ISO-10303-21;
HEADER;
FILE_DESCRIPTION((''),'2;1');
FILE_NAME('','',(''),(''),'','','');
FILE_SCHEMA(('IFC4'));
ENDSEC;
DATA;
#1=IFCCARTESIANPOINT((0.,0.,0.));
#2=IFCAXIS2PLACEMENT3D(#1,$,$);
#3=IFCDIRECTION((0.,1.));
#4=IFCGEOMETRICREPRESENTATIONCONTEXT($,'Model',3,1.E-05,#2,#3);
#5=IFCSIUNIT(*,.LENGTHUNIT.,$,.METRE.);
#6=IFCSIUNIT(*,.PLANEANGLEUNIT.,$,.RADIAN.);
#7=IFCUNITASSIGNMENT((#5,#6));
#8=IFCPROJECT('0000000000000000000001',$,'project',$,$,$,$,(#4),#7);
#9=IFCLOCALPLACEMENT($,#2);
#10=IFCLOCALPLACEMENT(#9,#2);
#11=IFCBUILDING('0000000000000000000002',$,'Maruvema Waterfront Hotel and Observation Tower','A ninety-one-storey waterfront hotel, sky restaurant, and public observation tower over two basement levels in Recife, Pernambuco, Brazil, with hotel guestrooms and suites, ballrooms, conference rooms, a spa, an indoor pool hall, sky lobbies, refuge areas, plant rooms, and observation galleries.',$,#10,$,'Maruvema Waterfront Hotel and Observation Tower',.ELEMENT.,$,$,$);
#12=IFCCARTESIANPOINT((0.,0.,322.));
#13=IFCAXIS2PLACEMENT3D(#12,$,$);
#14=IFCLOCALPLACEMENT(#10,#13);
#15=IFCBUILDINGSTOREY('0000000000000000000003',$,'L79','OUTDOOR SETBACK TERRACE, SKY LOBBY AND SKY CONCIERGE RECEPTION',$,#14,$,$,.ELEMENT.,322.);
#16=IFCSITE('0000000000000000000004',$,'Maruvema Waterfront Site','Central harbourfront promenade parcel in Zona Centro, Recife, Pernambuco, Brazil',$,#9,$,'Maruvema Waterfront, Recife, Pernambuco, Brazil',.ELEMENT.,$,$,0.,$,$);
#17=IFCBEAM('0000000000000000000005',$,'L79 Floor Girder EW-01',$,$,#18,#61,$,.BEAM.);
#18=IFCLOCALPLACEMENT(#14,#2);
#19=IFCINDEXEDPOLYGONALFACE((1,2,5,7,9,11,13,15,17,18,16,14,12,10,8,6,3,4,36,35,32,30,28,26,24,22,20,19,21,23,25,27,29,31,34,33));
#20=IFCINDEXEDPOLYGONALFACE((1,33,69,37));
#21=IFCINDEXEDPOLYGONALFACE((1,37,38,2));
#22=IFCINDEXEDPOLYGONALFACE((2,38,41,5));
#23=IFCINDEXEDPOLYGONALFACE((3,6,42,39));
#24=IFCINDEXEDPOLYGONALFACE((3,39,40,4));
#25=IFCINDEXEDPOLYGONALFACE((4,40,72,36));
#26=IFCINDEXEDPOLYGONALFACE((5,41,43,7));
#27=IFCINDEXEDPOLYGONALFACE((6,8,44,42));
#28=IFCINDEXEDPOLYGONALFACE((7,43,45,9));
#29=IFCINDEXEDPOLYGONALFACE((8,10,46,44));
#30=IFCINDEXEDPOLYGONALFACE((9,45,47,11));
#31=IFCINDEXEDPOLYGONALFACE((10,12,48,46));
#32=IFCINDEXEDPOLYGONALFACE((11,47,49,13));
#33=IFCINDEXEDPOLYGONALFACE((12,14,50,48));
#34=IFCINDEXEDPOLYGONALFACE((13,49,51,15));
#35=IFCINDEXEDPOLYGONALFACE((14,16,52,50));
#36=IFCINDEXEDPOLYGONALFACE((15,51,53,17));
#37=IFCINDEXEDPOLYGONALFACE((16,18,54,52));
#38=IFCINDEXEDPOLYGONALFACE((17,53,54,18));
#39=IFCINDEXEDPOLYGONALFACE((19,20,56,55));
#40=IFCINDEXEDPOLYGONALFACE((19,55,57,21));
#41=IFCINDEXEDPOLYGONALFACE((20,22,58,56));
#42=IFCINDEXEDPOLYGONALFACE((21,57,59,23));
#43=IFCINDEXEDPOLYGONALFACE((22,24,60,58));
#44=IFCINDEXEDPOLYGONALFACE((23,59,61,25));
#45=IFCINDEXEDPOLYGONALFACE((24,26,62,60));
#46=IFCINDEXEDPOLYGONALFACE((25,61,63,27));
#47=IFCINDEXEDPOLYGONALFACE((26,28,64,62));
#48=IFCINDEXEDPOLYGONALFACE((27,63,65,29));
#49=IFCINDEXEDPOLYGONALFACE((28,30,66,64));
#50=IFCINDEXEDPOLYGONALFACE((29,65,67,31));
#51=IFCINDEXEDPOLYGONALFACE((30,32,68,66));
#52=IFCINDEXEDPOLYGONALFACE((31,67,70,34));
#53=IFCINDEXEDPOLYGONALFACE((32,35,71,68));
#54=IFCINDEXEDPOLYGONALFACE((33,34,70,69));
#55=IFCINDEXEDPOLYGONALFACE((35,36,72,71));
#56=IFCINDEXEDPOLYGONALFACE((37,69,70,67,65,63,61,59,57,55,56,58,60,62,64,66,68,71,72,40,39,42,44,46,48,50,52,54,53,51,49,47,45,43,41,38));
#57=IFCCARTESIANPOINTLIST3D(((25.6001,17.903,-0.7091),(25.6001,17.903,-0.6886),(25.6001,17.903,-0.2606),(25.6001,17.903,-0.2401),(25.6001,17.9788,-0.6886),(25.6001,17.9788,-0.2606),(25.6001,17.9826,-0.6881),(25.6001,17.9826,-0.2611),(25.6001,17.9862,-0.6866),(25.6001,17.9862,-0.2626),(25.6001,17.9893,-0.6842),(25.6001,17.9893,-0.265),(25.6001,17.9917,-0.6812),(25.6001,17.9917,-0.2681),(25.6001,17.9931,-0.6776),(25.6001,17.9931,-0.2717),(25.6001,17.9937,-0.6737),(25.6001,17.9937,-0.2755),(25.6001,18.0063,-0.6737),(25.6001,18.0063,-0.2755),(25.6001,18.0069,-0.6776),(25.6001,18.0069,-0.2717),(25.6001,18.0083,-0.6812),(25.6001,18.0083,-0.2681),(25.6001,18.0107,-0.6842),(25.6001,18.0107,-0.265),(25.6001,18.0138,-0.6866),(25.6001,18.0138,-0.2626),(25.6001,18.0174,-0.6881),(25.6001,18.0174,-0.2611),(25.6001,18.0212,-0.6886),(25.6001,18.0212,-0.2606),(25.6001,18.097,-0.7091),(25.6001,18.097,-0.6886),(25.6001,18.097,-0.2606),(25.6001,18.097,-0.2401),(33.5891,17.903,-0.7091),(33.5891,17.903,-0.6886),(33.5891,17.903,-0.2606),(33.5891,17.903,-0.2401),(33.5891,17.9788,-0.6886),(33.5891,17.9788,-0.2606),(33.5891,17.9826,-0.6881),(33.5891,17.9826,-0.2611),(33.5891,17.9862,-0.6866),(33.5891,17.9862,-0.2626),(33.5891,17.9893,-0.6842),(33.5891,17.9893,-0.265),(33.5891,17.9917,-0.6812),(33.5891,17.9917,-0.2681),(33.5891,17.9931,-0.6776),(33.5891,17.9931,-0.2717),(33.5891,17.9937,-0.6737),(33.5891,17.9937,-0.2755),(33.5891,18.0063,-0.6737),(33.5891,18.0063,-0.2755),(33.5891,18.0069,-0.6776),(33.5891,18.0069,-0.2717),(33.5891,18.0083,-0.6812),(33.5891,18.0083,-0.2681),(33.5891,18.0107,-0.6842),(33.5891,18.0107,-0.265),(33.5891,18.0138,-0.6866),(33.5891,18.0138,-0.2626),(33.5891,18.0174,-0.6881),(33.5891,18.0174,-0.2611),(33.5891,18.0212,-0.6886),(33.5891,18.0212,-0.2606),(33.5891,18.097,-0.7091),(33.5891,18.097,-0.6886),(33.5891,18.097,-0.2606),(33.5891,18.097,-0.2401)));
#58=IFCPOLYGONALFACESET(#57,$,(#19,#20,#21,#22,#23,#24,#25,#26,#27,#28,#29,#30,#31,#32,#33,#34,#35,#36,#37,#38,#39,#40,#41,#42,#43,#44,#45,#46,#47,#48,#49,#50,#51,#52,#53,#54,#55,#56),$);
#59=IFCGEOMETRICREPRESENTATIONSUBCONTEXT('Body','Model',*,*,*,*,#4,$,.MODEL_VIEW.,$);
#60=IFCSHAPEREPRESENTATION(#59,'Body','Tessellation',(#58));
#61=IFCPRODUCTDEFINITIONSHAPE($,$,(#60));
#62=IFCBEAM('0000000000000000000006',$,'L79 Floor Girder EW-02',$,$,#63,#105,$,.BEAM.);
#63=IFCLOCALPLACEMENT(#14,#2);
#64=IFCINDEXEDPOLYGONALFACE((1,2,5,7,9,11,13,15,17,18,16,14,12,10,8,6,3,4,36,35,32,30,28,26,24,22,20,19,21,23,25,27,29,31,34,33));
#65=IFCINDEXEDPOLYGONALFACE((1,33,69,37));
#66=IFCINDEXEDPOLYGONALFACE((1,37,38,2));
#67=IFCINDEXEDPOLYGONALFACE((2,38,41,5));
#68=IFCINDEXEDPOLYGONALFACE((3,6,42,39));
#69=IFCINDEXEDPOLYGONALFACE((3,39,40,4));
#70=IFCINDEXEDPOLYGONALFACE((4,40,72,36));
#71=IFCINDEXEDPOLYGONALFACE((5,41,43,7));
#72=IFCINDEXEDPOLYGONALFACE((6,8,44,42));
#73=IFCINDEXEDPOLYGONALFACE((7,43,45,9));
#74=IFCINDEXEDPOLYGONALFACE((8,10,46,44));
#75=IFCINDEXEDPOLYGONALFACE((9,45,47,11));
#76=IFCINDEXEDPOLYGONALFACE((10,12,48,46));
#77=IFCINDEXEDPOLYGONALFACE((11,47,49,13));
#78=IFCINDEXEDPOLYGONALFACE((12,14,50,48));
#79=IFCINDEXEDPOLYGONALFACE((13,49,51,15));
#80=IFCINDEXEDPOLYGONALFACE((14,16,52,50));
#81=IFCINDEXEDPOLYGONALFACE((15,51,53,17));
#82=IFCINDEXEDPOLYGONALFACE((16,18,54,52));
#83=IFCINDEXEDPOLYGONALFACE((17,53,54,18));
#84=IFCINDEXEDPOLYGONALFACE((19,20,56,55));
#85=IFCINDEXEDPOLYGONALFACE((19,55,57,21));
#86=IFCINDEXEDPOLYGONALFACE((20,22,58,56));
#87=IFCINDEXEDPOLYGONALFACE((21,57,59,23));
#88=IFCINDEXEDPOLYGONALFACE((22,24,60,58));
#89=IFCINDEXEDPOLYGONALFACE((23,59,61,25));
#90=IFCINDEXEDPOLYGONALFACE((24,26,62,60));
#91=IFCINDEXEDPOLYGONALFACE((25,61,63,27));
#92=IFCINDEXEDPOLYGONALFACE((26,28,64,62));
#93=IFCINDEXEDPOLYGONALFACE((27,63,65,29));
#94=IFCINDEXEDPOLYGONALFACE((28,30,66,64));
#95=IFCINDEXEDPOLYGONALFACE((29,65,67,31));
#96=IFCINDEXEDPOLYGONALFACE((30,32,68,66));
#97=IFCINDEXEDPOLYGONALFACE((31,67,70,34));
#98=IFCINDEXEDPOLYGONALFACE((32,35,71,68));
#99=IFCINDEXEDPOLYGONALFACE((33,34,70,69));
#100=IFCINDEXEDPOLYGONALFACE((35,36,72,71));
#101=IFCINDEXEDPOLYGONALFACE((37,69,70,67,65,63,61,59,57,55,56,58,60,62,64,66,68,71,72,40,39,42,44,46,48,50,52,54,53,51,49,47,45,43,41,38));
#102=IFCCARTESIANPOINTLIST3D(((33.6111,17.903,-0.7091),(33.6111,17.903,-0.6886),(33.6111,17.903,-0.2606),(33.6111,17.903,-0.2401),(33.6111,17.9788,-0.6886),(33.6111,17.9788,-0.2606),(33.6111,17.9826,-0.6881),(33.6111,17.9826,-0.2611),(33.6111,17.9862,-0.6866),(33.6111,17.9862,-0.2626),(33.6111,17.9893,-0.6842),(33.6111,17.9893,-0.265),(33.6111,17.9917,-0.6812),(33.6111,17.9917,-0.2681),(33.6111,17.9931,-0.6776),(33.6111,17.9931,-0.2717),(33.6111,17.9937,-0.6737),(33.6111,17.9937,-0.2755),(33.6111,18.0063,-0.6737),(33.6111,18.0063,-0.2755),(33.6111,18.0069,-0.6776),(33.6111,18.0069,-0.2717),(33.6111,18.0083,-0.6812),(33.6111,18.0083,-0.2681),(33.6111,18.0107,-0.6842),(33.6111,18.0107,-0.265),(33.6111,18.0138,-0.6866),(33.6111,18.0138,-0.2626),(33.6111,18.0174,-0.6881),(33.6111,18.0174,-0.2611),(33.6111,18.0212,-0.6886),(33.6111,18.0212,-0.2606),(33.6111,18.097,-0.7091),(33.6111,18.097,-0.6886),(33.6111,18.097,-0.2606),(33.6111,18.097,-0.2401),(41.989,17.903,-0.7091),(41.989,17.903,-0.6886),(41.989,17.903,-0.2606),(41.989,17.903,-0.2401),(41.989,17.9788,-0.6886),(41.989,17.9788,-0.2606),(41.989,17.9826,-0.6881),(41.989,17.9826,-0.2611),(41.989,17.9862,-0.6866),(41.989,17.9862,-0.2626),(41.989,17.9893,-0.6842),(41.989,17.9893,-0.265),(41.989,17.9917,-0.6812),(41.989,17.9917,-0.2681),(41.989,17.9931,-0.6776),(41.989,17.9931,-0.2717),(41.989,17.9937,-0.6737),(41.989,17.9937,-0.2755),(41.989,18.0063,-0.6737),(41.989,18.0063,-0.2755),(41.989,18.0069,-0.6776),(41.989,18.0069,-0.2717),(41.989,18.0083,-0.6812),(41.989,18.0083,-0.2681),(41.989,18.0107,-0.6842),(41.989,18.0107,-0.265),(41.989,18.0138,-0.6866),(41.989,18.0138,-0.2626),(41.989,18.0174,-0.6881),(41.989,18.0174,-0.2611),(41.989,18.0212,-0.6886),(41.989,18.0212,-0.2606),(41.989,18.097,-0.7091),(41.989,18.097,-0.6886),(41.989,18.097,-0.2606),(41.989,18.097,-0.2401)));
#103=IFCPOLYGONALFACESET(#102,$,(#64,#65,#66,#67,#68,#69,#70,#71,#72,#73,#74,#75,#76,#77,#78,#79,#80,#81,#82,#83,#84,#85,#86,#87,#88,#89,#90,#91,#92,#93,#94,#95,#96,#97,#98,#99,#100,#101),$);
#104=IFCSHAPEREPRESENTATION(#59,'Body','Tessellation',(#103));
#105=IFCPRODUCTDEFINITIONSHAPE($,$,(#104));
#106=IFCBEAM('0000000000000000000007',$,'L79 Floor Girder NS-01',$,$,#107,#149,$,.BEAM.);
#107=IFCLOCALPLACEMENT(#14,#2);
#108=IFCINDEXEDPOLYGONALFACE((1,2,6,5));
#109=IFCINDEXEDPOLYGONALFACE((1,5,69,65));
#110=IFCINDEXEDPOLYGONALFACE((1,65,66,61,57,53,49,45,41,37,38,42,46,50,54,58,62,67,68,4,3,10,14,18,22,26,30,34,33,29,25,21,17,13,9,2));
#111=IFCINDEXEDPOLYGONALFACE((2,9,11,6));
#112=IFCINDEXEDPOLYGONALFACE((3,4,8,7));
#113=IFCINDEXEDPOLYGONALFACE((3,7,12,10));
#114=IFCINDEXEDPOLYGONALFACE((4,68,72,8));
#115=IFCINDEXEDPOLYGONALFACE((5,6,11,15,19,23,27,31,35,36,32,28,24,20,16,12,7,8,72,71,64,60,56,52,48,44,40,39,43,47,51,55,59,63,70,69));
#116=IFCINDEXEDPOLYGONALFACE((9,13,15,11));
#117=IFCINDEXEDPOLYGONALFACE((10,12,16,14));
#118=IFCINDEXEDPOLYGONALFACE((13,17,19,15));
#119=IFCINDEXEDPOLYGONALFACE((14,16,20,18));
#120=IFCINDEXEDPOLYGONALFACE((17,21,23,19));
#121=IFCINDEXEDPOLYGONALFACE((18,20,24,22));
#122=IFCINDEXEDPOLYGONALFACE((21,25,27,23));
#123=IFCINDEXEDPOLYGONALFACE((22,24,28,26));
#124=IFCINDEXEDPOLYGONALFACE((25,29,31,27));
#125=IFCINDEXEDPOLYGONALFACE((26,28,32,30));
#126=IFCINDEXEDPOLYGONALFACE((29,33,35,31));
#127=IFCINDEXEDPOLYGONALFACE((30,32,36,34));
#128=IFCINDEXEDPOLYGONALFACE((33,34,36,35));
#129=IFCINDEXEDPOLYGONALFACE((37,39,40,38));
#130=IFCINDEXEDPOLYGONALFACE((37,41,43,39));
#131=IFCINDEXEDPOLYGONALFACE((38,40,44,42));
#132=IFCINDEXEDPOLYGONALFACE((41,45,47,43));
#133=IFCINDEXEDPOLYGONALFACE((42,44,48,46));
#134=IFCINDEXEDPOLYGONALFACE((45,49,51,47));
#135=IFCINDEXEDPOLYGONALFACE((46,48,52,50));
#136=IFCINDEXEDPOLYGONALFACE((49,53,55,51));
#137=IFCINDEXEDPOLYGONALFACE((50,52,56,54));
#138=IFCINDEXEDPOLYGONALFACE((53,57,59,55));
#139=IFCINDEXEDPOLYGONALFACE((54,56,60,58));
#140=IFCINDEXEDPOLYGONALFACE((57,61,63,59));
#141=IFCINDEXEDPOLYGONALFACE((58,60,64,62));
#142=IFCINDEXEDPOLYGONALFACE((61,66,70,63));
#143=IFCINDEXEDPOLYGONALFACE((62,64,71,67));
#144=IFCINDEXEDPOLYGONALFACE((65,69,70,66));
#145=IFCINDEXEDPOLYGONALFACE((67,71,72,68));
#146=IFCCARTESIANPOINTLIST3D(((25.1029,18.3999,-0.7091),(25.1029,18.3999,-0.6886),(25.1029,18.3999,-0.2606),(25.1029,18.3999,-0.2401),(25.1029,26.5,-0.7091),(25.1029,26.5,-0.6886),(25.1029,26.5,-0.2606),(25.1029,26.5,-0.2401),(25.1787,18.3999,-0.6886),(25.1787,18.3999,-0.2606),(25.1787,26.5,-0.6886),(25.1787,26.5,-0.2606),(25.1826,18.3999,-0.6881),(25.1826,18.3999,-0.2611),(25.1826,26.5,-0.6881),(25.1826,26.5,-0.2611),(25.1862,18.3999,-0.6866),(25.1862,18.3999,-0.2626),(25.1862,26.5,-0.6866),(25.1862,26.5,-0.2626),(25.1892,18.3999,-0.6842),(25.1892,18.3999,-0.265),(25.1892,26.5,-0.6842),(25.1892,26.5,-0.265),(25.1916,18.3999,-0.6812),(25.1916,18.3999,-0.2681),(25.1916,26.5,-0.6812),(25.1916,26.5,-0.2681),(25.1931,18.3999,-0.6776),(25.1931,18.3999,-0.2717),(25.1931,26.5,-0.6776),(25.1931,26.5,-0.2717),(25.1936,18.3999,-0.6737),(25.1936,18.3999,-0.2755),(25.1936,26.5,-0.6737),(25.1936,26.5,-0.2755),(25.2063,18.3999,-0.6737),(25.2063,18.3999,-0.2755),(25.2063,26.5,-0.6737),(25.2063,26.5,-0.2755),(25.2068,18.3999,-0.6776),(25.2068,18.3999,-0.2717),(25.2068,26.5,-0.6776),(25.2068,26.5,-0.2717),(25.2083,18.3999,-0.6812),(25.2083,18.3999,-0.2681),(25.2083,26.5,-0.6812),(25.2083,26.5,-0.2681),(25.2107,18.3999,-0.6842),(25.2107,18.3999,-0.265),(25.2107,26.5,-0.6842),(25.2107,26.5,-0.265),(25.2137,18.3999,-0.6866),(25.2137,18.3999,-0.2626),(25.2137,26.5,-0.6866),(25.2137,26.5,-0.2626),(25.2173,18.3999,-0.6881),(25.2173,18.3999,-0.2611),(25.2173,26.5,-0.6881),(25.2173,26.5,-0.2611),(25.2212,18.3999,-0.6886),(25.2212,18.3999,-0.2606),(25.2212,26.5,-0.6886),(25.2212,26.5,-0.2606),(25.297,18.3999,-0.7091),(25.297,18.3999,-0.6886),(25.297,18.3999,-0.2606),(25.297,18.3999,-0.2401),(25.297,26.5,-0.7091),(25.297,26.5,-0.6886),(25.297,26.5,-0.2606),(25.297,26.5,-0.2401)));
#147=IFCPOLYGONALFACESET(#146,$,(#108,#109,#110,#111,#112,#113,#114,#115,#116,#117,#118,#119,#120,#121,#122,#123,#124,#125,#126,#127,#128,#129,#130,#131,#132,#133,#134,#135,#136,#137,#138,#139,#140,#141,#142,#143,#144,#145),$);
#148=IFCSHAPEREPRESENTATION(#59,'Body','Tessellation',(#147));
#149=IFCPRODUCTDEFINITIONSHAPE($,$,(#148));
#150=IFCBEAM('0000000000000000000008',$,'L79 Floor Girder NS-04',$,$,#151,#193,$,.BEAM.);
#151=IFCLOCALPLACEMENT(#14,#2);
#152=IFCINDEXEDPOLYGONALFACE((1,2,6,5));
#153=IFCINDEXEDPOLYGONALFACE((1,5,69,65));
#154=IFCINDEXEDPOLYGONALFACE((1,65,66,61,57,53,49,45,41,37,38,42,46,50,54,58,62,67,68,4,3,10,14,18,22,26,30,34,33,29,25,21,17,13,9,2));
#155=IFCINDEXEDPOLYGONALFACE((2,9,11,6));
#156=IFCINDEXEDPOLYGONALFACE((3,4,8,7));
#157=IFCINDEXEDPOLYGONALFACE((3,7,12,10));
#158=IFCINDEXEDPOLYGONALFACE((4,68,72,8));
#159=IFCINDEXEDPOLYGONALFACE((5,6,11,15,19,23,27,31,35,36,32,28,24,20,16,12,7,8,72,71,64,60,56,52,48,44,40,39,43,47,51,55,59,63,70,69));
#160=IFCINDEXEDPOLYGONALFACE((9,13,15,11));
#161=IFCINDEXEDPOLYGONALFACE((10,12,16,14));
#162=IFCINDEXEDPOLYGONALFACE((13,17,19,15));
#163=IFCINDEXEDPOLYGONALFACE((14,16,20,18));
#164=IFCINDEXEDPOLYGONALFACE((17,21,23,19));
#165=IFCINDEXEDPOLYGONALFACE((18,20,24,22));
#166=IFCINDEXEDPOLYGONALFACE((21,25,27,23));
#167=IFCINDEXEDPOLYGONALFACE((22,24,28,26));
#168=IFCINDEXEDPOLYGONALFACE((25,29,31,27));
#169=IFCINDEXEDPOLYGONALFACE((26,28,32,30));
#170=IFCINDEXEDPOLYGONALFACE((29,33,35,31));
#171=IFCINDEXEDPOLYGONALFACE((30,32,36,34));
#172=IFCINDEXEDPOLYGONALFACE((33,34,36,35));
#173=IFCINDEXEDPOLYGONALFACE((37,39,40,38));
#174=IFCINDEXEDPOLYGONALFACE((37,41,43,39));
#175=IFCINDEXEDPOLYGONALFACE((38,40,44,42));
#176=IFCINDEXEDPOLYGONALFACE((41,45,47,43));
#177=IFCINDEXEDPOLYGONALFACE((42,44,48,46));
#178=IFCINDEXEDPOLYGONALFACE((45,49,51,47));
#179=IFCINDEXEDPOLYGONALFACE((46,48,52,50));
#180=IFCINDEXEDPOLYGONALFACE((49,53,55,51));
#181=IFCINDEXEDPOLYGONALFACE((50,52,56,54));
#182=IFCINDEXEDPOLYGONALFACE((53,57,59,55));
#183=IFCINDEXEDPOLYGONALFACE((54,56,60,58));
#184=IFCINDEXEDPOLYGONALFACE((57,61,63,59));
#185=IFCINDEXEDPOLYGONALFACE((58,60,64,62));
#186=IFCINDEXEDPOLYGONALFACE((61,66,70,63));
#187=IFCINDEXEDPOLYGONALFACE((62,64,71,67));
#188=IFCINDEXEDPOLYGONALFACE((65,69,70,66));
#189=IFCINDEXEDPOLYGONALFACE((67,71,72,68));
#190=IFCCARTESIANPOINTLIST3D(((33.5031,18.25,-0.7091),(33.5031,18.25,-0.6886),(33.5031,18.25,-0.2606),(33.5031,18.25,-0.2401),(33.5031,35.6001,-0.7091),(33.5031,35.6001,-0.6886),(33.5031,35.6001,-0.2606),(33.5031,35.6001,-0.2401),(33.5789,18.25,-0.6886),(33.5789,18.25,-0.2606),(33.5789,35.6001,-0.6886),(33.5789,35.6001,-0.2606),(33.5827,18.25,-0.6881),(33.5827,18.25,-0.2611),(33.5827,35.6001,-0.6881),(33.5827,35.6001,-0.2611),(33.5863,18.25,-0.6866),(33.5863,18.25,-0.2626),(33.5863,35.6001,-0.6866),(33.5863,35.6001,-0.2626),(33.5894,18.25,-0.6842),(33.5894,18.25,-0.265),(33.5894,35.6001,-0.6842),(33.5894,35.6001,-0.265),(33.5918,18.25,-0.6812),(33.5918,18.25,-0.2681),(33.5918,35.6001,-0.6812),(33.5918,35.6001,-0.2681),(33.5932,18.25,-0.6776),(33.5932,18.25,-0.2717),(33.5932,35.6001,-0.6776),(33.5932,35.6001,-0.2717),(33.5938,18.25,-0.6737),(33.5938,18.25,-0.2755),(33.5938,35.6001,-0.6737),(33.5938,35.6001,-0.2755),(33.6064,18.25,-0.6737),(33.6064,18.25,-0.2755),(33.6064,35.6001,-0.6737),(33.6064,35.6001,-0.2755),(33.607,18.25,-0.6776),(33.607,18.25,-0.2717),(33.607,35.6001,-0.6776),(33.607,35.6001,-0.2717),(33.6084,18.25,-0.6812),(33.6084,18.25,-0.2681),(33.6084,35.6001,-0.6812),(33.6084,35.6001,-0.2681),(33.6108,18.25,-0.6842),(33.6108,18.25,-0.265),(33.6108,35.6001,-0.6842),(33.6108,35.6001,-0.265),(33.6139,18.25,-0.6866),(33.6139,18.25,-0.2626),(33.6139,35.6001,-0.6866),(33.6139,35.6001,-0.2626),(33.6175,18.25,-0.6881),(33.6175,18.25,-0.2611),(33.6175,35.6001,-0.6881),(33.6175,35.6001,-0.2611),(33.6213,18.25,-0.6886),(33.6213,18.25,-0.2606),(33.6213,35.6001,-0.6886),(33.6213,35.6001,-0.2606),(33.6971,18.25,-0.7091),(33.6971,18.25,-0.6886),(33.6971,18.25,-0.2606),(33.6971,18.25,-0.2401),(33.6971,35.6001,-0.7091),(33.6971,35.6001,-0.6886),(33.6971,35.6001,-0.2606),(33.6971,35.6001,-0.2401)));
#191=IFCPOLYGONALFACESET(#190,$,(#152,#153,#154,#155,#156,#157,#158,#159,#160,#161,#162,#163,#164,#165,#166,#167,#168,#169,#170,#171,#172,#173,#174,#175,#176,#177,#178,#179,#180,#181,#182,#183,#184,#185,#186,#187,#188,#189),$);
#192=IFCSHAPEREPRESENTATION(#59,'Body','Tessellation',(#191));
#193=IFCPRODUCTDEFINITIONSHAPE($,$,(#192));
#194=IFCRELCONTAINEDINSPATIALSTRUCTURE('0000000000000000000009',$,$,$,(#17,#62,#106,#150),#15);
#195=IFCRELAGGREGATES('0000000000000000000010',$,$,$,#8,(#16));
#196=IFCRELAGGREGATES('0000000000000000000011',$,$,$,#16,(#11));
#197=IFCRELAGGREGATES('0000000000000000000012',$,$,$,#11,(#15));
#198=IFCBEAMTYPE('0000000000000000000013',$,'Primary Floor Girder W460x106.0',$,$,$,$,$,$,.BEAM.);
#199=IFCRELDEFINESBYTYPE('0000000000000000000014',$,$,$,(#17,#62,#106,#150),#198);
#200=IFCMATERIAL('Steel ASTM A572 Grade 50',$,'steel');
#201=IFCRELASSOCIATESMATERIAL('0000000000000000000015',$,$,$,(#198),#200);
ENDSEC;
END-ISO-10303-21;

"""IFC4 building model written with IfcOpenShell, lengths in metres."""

from ifc_helpers import new_model, si_unit, direction, frame, origin, origin_2d, place, context, subcontext, project, spatial, i_section, extrude, material, material_profile, profile_set, type_object, element, save


model = new_model("IFC4")

# Units and contexts
model_context = context("Model", 3, precision=1e-05, world=origin(), true_north=direction((0.0, 1.0)))
body_context = subcontext(model_context, "Body", "Model", "MODEL_VIEW")
ifc_project = project(units=[si_unit("LENGTHUNIT", "METRE"), si_unit("PLANEANGLEUNIT", "RADIAN")], contexts=[model_context])

# Site, building, storey
site_placement = place(None, origin())
site = spatial("IfcSite", under=ifc_project, at=site_placement, Name="Maruvema Waterfront Site", Description="Central harbourfront promenade parcel in Zona Centro, Recife, Pernambuco, Brazil", LongName="Maruvema Waterfront, Recife, Pernambuco, Brazil", CompositionType="ELEMENT", RefElevation=0.0)
building_placement = place(site_placement, origin())
building = spatial("IfcBuilding", under=site, at=building_placement, Name="Maruvema Waterfront Hotel and Observation Tower", Description="A ninety-one-storey waterfront hotel, sky restaurant, and public observation tower over two basement levels in Recife, Pernambuco, Brazil, with hotel guestrooms and suites, ballrooms, conference rooms, a spa, an indoor pool hall, sky lobbies, refuge areas, plant rooms, and observation galleries.", LongName="Maruvema Waterfront Hotel and Observation Tower", CompositionType="ELEMENT")
storey_placement = place(building_placement, frame((0.0, 0.0, 322.0)))
storey = spatial("IfcBuildingStorey", under=building, at=storey_placement, Name="L79", Description="OUTDOOR SETBACK TERRACE, SKY LOBBY AND SKY CONCIERGE RECEPTION", CompositionType="ELEMENT", Elevation=322.0)

# Beams
ifc_material_1 = material(Name="Steel ASTM A572 Grade 50", Category="steel")
ifc_material_profile_1 = material_profile(ifc_material_1, i_section(OverallWidth=0.1941, OverallDepth=0.469, WebThickness=0.0127, FlangeThickness=0.0205, FilletRadius=0.0149, at=origin_2d()), Name="W460x106.0")
ifc_profile_set_1 = profile_set([ifc_material_profile_1], Name="Steel ASTM A572 Grade 50")
beam_type = type_object("IfcBeamType", Name="Primary Floor Girder W460x106.0", PredefinedType="BEAM", material=ifc_profile_set_1)
beam_1_placement = place(storey_placement, frame((25.6001, 18.0, -0.4746), z_axis=(1.0, 0.0, 0.0), x_axis=(0.0, 1.0, 0.0)))
element("IfcBeam", 1, at=beam_1_placement, inside=storey, type_object=beam_type, Name="L79 Floor Girder EW-01", PredefinedType="BEAM", context=body_context, shape_type="SweptSolid", body=[
    extrude(i_section(OverallWidth=0.1941, OverallDepth=0.469, WebThickness=0.0127, FlangeThickness=0.0205, FilletRadius=0.0149, at=origin_2d()), origin(), (0.0, 0.0, 1.0), 7.989),
])
beam_2_placement = place(storey_placement, frame((33.6111, 18.0, -0.4746), z_axis=(1.0, 0.0, 0.0), x_axis=(0.0, 1.0, 0.0)))
element("IfcBeam", 2, at=beam_2_placement, inside=storey, type_object=beam_type, Name="L79 Floor Girder EW-02", PredefinedType="BEAM", context=body_context, shape_type="SweptSolid", body=[
    extrude(i_section(OverallWidth=0.1941, OverallDepth=0.469, WebThickness=0.0127, FlangeThickness=0.0205, FilletRadius=0.0149, at=origin_2d()), origin(), (0.0, 0.0, 1.0), 8.3779),
])
beam_3_placement = place(storey_placement, frame((25.2, 18.3999, -0.4746), z_axis=(0.0, 1.0, 0.0), x_axis=(-1.0, 0.0, 0.0)))
element("IfcBeam", 3, at=beam_3_placement, inside=storey, type_object=beam_type, Name="L79 Floor Girder NS-01", PredefinedType="BEAM", context=body_context, shape_type="SweptSolid", body=[
    extrude(i_section(OverallWidth=0.1941, OverallDepth=0.469, WebThickness=0.0127, FlangeThickness=0.0205, FilletRadius=0.0149, at=origin_2d()), origin(), (0.0, 0.0, 1.0), 8.1001),
])
beam_4_placement = place(storey_placement, frame((33.6001, 18.25, -0.4746), z_axis=(0.0, 1.0, 0.0), x_axis=(-1.0, 0.0, 0.0)))
element("IfcBeam", 4, at=beam_4_placement, inside=storey, type_object=beam_type, Name="L79 Floor Girder NS-04", PredefinedType="BEAM", context=body_context, shape_type="SweptSolid", body=[
    extrude(i_section(OverallWidth=0.1941, OverallDepth=0.469, WebThickness=0.0127, FlangeThickness=0.0205, FilletRadius=0.0149, at=origin_2d()), origin(), (0.0, 0.0, 1.0), 17.3501),
])

save(model, "model.ifc")
